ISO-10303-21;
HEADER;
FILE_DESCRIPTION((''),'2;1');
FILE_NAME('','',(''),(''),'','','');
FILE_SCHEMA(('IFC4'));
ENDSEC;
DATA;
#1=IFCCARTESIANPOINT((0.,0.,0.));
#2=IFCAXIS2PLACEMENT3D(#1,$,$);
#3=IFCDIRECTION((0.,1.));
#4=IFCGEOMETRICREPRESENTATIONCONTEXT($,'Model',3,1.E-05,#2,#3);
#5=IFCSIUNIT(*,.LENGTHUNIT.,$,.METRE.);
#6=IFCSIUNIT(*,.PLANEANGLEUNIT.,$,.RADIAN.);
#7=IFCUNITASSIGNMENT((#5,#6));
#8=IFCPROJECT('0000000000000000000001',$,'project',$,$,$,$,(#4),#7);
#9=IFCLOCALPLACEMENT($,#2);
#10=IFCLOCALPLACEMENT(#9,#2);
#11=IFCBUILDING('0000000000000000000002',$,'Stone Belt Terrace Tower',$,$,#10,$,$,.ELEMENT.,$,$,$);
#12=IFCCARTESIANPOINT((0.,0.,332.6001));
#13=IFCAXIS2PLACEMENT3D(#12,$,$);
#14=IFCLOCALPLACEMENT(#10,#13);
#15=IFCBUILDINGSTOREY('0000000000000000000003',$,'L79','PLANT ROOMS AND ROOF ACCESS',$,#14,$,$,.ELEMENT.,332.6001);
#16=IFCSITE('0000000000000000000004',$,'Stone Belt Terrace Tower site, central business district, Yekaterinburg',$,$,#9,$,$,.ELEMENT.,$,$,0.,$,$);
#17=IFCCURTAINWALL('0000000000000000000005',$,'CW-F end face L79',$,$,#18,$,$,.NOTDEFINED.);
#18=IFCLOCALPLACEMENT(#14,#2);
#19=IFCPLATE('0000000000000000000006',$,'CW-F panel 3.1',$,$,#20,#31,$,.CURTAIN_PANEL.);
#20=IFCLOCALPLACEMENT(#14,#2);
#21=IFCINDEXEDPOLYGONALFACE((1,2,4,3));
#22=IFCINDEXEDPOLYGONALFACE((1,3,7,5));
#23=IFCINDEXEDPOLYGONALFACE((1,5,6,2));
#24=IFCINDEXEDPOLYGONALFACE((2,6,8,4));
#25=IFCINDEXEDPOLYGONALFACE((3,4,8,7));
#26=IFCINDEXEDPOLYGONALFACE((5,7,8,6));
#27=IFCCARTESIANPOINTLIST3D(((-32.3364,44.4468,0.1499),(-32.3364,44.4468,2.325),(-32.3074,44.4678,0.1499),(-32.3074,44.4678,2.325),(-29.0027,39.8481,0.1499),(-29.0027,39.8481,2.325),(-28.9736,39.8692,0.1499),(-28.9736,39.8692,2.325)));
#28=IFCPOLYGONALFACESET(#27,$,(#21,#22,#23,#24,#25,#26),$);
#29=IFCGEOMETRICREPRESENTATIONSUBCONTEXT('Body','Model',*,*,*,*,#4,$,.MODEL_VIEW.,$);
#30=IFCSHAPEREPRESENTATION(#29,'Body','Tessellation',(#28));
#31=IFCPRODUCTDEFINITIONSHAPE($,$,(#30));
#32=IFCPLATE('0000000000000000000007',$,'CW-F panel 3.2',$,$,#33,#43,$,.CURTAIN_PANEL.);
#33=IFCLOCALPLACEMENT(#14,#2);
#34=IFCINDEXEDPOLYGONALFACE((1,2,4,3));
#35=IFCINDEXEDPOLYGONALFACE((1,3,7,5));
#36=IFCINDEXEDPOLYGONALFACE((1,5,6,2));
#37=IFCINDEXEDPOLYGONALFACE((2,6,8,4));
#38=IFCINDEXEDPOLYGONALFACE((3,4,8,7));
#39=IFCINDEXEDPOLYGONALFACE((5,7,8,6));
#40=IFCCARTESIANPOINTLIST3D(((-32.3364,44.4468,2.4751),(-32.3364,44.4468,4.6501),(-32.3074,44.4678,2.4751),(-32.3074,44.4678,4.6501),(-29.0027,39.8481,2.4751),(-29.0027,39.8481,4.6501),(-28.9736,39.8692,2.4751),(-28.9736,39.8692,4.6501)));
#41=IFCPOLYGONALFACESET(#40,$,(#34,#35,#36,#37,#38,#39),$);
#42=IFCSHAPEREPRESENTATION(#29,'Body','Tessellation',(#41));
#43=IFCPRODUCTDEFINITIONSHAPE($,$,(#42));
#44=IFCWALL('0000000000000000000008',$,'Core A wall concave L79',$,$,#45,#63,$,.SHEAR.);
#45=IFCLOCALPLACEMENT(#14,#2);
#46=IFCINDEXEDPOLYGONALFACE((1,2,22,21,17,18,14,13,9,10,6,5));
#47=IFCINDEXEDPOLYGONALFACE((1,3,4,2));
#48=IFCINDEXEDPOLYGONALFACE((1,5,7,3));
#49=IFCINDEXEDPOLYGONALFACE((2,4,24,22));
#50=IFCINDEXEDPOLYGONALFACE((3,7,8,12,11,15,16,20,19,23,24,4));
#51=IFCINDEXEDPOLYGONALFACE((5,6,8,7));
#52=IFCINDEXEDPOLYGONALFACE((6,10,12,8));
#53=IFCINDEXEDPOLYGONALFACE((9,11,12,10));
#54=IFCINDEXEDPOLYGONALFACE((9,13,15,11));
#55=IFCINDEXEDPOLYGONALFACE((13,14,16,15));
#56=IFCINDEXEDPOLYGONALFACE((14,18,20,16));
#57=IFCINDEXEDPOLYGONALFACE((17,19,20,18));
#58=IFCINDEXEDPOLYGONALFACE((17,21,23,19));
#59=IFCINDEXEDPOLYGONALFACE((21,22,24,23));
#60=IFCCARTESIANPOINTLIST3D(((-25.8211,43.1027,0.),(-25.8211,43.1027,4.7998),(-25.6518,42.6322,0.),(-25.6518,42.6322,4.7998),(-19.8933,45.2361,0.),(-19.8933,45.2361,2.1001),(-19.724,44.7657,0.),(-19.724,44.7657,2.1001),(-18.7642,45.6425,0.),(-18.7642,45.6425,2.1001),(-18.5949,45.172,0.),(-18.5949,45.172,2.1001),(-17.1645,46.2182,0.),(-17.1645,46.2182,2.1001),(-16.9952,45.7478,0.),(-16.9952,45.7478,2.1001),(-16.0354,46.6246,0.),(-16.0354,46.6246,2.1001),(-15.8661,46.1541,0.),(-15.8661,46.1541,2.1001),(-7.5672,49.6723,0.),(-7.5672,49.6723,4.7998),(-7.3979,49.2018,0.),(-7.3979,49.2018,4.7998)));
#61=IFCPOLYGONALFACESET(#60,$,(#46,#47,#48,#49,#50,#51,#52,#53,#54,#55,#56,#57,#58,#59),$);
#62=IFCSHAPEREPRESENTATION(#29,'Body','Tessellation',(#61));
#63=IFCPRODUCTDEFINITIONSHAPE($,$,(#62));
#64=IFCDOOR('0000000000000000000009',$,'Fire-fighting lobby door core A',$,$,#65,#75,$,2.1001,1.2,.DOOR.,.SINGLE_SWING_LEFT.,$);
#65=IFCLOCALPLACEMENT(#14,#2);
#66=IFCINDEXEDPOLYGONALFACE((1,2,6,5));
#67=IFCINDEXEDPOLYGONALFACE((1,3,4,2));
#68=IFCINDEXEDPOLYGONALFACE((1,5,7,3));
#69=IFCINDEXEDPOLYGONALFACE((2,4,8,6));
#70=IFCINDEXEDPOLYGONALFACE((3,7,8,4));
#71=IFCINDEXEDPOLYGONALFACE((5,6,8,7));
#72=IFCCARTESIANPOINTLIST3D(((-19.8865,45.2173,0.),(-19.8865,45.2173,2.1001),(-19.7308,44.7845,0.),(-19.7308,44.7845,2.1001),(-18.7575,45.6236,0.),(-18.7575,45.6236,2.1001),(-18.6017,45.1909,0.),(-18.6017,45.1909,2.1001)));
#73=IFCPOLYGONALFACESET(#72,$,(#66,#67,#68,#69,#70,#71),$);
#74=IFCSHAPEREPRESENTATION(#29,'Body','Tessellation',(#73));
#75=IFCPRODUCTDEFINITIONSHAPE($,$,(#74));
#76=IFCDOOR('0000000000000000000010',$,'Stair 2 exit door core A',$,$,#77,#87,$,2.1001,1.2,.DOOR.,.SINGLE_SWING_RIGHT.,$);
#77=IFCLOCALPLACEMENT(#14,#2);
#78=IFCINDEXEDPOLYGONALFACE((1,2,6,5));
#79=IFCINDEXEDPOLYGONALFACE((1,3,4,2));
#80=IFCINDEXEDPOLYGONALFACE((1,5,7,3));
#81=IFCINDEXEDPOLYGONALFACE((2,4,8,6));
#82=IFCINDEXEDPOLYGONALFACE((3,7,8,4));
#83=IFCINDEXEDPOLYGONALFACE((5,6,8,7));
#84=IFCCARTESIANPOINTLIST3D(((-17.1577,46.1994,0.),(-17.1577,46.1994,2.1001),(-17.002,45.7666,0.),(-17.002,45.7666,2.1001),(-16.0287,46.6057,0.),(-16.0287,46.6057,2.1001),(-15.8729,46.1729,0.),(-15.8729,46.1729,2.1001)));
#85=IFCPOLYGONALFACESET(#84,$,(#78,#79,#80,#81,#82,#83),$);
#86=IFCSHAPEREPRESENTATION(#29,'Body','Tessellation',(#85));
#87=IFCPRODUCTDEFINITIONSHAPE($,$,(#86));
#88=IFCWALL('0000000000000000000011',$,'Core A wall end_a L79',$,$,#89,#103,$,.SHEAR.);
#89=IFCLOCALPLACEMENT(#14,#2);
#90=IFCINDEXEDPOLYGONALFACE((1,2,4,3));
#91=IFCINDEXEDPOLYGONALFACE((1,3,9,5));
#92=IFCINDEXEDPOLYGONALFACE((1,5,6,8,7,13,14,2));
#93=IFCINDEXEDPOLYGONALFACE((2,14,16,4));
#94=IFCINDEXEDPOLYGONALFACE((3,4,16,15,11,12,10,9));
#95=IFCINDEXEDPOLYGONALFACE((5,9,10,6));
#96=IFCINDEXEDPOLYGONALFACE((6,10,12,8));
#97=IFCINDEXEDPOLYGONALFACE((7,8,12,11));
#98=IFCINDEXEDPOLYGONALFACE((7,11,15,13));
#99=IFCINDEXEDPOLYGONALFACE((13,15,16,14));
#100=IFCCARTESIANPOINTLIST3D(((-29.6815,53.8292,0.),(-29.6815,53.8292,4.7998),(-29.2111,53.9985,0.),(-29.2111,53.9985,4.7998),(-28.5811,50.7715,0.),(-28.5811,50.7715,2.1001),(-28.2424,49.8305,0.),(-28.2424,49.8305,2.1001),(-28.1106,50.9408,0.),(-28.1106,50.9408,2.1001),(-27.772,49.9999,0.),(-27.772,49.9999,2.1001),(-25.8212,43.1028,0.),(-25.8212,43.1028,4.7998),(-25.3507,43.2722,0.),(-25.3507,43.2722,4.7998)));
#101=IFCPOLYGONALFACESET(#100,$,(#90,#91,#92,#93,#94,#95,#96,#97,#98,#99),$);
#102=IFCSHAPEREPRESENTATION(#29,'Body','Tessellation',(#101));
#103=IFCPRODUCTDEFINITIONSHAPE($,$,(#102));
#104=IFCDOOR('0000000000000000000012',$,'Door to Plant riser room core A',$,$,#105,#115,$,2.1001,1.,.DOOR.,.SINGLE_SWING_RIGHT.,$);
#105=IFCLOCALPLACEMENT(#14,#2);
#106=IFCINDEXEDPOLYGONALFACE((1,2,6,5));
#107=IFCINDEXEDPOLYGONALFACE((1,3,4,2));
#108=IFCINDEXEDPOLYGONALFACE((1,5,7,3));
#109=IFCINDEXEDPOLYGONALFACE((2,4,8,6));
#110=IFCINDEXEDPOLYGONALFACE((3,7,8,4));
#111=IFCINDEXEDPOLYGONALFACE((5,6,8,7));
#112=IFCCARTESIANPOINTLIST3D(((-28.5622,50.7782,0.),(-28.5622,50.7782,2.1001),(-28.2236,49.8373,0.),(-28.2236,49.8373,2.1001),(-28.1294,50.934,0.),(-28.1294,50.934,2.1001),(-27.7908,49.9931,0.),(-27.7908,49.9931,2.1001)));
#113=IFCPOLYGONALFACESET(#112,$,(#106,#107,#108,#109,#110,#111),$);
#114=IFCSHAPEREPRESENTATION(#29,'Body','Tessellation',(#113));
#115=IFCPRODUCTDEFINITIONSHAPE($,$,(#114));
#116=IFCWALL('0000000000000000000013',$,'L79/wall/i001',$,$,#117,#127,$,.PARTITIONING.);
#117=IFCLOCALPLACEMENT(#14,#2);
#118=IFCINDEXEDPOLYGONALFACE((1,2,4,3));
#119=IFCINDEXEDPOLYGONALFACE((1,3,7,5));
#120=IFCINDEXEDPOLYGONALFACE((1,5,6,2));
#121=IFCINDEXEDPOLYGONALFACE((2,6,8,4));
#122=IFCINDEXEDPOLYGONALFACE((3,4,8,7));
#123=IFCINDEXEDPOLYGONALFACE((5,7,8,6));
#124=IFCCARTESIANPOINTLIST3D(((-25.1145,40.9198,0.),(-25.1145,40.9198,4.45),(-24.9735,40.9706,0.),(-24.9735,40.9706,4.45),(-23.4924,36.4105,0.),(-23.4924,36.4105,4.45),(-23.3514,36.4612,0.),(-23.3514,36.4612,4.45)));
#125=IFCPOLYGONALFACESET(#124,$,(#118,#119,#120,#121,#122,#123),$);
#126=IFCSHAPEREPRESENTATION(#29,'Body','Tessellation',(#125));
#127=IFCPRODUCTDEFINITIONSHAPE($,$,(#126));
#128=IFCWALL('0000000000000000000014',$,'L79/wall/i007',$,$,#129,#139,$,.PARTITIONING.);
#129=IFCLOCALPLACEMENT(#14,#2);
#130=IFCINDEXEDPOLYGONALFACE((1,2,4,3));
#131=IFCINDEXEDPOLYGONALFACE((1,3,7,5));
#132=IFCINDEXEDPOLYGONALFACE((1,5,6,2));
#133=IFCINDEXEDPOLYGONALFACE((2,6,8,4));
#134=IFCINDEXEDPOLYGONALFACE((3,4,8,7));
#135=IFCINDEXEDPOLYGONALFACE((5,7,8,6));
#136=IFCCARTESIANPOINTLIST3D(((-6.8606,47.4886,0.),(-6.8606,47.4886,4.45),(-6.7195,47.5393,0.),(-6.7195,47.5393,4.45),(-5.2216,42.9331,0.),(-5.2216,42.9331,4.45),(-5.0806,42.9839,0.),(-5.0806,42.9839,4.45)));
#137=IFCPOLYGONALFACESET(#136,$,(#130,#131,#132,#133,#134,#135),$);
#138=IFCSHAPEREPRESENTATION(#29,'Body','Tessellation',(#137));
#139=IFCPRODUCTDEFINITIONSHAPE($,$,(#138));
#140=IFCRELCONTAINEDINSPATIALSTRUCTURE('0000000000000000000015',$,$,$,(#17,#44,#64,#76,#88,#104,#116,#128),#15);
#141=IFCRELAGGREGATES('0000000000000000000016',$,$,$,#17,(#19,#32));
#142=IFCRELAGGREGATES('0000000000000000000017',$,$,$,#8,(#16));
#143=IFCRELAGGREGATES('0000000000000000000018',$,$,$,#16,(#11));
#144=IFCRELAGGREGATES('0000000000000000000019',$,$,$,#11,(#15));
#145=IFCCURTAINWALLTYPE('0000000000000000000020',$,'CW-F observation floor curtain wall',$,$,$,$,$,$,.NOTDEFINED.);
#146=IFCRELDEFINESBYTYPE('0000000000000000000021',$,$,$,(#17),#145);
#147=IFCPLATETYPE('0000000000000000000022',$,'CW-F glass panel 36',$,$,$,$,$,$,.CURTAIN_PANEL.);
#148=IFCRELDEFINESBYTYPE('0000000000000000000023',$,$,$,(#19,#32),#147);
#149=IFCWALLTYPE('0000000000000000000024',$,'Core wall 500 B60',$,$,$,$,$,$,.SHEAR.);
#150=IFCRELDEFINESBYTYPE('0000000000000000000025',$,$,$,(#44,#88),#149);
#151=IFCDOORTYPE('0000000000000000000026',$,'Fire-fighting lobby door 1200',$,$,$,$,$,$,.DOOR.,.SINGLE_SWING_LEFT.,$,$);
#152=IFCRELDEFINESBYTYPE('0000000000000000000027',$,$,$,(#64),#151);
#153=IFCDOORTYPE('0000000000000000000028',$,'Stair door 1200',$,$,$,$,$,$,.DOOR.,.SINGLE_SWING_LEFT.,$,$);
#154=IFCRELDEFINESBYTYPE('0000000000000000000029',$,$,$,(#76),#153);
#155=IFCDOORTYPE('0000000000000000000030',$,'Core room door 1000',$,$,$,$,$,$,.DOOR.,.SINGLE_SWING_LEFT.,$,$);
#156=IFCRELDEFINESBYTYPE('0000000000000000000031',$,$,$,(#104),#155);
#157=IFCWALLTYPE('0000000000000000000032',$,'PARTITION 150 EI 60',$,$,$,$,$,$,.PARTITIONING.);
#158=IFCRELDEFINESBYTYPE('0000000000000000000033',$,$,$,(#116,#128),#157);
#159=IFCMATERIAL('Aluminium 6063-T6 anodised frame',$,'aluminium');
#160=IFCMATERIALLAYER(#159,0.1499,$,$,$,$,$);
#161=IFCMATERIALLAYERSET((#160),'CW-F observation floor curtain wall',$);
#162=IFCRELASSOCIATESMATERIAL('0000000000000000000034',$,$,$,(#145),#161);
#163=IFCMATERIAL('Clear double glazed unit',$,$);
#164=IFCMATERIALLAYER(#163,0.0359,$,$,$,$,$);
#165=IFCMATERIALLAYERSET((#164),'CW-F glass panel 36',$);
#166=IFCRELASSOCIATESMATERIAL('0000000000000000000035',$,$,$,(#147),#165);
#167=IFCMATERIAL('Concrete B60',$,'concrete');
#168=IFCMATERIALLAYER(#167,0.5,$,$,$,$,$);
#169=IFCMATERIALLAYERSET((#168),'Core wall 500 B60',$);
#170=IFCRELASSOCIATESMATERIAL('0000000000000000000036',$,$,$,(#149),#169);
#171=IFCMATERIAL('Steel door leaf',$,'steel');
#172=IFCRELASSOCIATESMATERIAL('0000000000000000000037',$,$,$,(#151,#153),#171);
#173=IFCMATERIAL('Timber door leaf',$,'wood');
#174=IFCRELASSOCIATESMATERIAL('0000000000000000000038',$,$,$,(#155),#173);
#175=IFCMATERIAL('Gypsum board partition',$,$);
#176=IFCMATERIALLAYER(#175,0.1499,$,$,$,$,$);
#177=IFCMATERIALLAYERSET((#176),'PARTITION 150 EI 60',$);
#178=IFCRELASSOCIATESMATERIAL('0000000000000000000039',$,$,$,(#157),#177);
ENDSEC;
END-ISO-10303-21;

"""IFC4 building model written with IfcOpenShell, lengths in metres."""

from ifc_helpers import new_model, si_unit, direction, frame, frame_2d, origin, origin_2d, place, context, subcontext, project, spatial, rectangle, extrude, material, layer, layer_set, type_object, element, fill, aggregate, save


model = new_model("IFC4")

# Units and contexts
model_context = context("Model", 3, precision=1e-05, world=origin(), true_north=direction((0.0, 1.0)))
body_context = subcontext(model_context, "Body", "Model", "MODEL_VIEW")
ifc_project = project(units=[si_unit("LENGTHUNIT", "METRE"), si_unit("PLANEANGLEUNIT", "RADIAN")], contexts=[model_context])

# Site, building, storey
site_placement = place(None, origin())
site = spatial("IfcSite", under=ifc_project, at=site_placement, Name="Stone Belt Terrace Tower site, central business district, Yekaterinburg", CompositionType="ELEMENT", RefElevation=0.0)
building_placement = place(site_placement, origin())
building = spatial("IfcBuilding", under=site, at=building_placement, Name="Stone Belt Terrace Tower", CompositionType="ELEMENT")
storey_placement = place(building_placement, frame((0.0, 0.0, 332.6001)))
storey = spatial("IfcBuildingStorey", under=building, at=storey_placement, Name="L79", Description="PLANT ROOMS AND ROOF ACCESS", CompositionType="ELEMENT", Elevation=332.6001)

# Shared definitions
ifc_material_1 = material(Name="Concrete B60", Category="concrete")

# Curtain wall
ifc_material_2 = material(Name="Aluminium 6063-T6 anodised frame", Category="aluminium")
ifc_layer_1 = layer(ifc_material_2, 0.1499)
ifc_layer_set_1 = layer_set([ifc_layer_1], Name="CW-F observation floor curtain wall")
curtain_wall_type = type_object("IfcCurtainWallType", Name="CW-F observation floor curtain wall", PredefinedType="NOTDEFINED", material=ifc_layer_set_1)
curtain_wall_1_placement = place(storey_placement, origin())
curtain_wall_1 = element("IfcCurtainWall", 1, at=curtain_wall_1_placement, inside=storey, type_object=curtain_wall_type, Name="CW-F end face L79", PredefinedType="NOTDEFINED")

# Plates
ifc_material_3 = material(Name="Clear double glazed unit")
ifc_layer_2 = layer(ifc_material_3, 0.0359)
ifc_layer_set_2 = layer_set([ifc_layer_2], Name="CW-F glass panel 36")
plate_type = type_object("IfcPlateType", Name="CW-F glass panel 36", PredefinedType="CURTAIN_PANEL", material=ifc_layer_set_2)
plate_1_placement = place(storey_placement, frame((-30.655, 42.158, 0.1499), z_axis=(0.0, 0.0, 1.0), x_axis=(0.586939, -0.809631, 0.0)))
plate_1 = element("IfcPlate", 2, at=plate_1_placement, type_object=plate_type, Name="CW-F panel 3.1", PredefinedType="CURTAIN_PANEL", context=body_context, shape_type="SweptSolid", body=[
    extrude(rectangle(XDim=5.6799, YDim=0.0359, at=origin_2d()), origin(), (0.0, 0.0, 1.0), 2.175),
])
plate_2_placement = place(storey_placement, frame((-30.655, 42.158, 2.4751), z_axis=(0.0, 0.0, 1.0), x_axis=(0.586939, -0.809631, 0.0)))
plate_2 = element("IfcPlate", 3, at=plate_2_placement, type_object=plate_type, Name="CW-F panel 3.2", PredefinedType="CURTAIN_PANEL", context=body_context, shape_type="SweptSolid", body=[
    extrude(rectangle(XDim=5.6799, YDim=0.0359, at=origin_2d()), origin(), (0.0, 0.0, 1.0), 2.175),
])
aggregate(curtain_wall_1, [plate_1, plate_2])

# Wall, openings, doors
ifc_layer_3 = layer(ifc_material_1, 0.5)
ifc_layer_set_3 = layer_set([ifc_layer_3], Name="Core wall 500 B60")
wall_type_1 = type_object("IfcWallType", Name="Core wall 500 B60", PredefinedType="SHEAR", material=ifc_layer_set_3)
wall_1_placement = place(storey_placement, frame((-25.7366, 42.8674, 0.0), z_axis=(0.0, 0.0, 1.0), x_axis=(0.940917, 0.338636, 0.0)))
wall_1 = element("IfcWall", 4, at=wall_1_placement, inside=storey, type_object=wall_type_1, Name="Core A wall concave L79", PredefinedType="SHEAR", context=body_context, shape_type="SweptSolid", body=[
    extrude(rectangle(XDim=19.4001, YDim=0.5, at=frame_2d((9.7002, 0.0))), origin(), (0.0, 0.0, 1.0), 4.7998),
])
opening_1_placement = place(wall_1_placement, frame((6.3, 0.0, 0.0)))
opening_1 = element("IfcOpeningElement", 5, at=opening_1_placement, cuts=wall_1, PredefinedType="OPENING", context=body_context, shape_type="SweptSolid", body=[
    extrude(rectangle(XDim=1.2, YDim=2.1001, at=frame_2d((0.6001, 1.05))), frame((0.0, 0.26, 0.0), z_axis=(0.0, -1.0, 0.0), x_axis=(1.0, 0.0, 0.0)), (0.0, 0.0, 1.0), 0.52),
])
opening_2_placement = place(wall_1_placement, frame((9.2002, 0.0, 0.0)))
opening_2 = element("IfcOpeningElement", 6, at=opening_2_placement, cuts=wall_1, PredefinedType="OPENING", context=body_context, shape_type="SweptSolid", body=[
    extrude(rectangle(XDim=1.2, YDim=2.1001, at=frame_2d((0.6001, 1.05))), frame((0.0, 0.26, 0.0), z_axis=(0.0, -1.0, 0.0), x_axis=(1.0, 0.0, 0.0)), (0.0, 0.0, 1.0), 0.52),
])
ifc_material_4 = material(Name="Steel door leaf", Category="steel")
door_type_1 = type_object("IfcDoorType", Name="Fire-fighting lobby door 1200", OperationType="SINGLE_SWING_LEFT", PredefinedType="DOOR", material=ifc_material_4)
door_1_placement = place(opening_1_placement, origin())
door_1 = element("IfcDoor", 7, at=door_1_placement, inside=storey, type_object=door_type_1, Name="Fire-fighting lobby door core A", OperationType="SINGLE_SWING_LEFT", OverallHeight=2.1001, OverallWidth=1.2, PredefinedType="DOOR", context=body_context, shape_type="SweptSolid", body=[
    extrude(rectangle(XDim=1.2, YDim=2.1001, at=frame_2d((0.6001, 1.05))), frame((0.0, 0.23, 0.0), z_axis=(0.0, -1.0, 0.0), x_axis=(1.0, 0.0, 0.0)), (0.0, 0.0, 1.0), 0.46),
])
fill(opening_1, door_1)
door_type_2 = type_object("IfcDoorType", Name="Stair door 1200", OperationType="SINGLE_SWING_LEFT", PredefinedType="DOOR", material=ifc_material_4)
door_2_placement = place(opening_2_placement, origin())
door_2 = element("IfcDoor", 8, at=door_2_placement, inside=storey, type_object=door_type_2, Name="Stair 2 exit door core A", OperationType="SINGLE_SWING_RIGHT", OverallHeight=2.1001, OverallWidth=1.2, PredefinedType="DOOR", context=body_context, shape_type="SweptSolid", body=[
    extrude(rectangle(XDim=1.2, YDim=2.1001, at=frame_2d((0.6001, 1.05))), frame((0.0, 0.23, 0.0), z_axis=(0.0, -1.0, 0.0), x_axis=(1.0, 0.0, 0.0)), (0.0, 0.0, 1.0), 0.46),
])
fill(opening_2, door_2)

# Wall, opening, door
wall_2_placement = place(storey_placement, frame((-25.5859, 43.1875, 0.0), z_axis=(0.0, 0.0, 1.0), x_axis=(-0.338632, 0.940919, 0.0)))
wall_2 = element("IfcWall", 9, at=wall_2_placement, inside=storey, type_object=wall_type_1, Name="Core A wall end_a L79", PredefinedType="SHEAR", context=body_context, shape_type="SweptSolid", body=[
    extrude(rectangle(XDim=11.3999, YDim=0.5, at=frame_2d((5.7, 0.0))), origin(), (0.0, 0.0, 1.0), 4.7998),
])
opening_3_placement = place(wall_2_placement, frame((7.1501, 0.0, 0.0)))
opening_3 = element("IfcOpeningElement", 10, at=opening_3_placement, cuts=wall_2, PredefinedType="OPENING", context=body_context, shape_type="SweptSolid", body=[
    extrude(rectangle(XDim=1.0, YDim=2.1001, at=frame_2d((0.5, 1.05))), frame((0.0, 0.26, 0.0), z_axis=(0.0, -1.0, 0.0), x_axis=(1.0, 0.0, 0.0)), (0.0, 0.0, 1.0), 0.52),
])
ifc_material_5 = material(Name="Timber door leaf", Category="wood")
door_type_3 = type_object("IfcDoorType", Name="Core room door 1000", OperationType="SINGLE_SWING_LEFT", PredefinedType="DOOR", material=ifc_material_5)
door_3_placement = place(opening_3_placement, origin())
door_3 = element("IfcDoor", 11, at=door_3_placement, inside=storey, type_object=door_type_3, Name="Door to Plant riser room core A", OperationType="SINGLE_SWING_RIGHT", OverallHeight=2.1001, OverallWidth=1.0, PredefinedType="DOOR", context=body_context, shape_type="SweptSolid", body=[
    extrude(rectangle(XDim=1.0, YDim=2.1001, at=frame_2d((0.5, 1.05))), frame((0.0, 0.23, 0.0), z_axis=(0.0, -1.0, 0.0), x_axis=(1.0, 0.0, 0.0)), (0.0, 0.0, 1.0), 0.46),
])
fill(opening_3, door_3)

# Walls
ifc_material_6 = material(Name="Gypsum board partition")
ifc_layer_4 = layer(ifc_material_6, 0.1499)
ifc_layer_set_4 = layer_set([ifc_layer_4], Name="PARTITION 150 EI 60")
wall_type_2 = type_object("IfcWallType", Name="PARTITION 150 EI 60", PredefinedType="PARTITIONING", material=ifc_layer_set_4)
wall_3_placement = place(storey_placement, frame((-25.0439, 40.9451, 0.0), z_axis=(0.0, 0.0, 1.0), x_axis=(0.338485, -0.940972, 0.0)))
element("IfcWall", 12, at=wall_3_placement, inside=storey, type_object=wall_type_2, Name="L79/wall/i001", PredefinedType="PARTITIONING", context=body_context, shape_type="SweptSolid", body=[
    extrude(rectangle(XDim=4.7922, YDim=0.1499, at=frame_2d((2.396, 0.0))), origin(), (0.0, 0.0, 1.0), 4.45),
])
wall_4_placement = place(storey_placement, frame((-5.1511, 42.9585, 0.0), z_axis=(0.0, 0.0, 1.0), x_axis=(-0.33853, 0.940956, 0.0)))
element("IfcWall", 13, at=wall_4_placement, inside=storey, type_object=wall_type_2, Name="L79/wall/i007", PredefinedType="PARTITIONING", context=body_context, shape_type="SweptSolid", body=[
    extrude(rectangle(XDim=4.8413, YDim=0.1499, at=frame_2d((2.4207, 0.0))), origin(), (0.0, 0.0, 1.0), 4.45),
])

save(model, "model.ifc")
